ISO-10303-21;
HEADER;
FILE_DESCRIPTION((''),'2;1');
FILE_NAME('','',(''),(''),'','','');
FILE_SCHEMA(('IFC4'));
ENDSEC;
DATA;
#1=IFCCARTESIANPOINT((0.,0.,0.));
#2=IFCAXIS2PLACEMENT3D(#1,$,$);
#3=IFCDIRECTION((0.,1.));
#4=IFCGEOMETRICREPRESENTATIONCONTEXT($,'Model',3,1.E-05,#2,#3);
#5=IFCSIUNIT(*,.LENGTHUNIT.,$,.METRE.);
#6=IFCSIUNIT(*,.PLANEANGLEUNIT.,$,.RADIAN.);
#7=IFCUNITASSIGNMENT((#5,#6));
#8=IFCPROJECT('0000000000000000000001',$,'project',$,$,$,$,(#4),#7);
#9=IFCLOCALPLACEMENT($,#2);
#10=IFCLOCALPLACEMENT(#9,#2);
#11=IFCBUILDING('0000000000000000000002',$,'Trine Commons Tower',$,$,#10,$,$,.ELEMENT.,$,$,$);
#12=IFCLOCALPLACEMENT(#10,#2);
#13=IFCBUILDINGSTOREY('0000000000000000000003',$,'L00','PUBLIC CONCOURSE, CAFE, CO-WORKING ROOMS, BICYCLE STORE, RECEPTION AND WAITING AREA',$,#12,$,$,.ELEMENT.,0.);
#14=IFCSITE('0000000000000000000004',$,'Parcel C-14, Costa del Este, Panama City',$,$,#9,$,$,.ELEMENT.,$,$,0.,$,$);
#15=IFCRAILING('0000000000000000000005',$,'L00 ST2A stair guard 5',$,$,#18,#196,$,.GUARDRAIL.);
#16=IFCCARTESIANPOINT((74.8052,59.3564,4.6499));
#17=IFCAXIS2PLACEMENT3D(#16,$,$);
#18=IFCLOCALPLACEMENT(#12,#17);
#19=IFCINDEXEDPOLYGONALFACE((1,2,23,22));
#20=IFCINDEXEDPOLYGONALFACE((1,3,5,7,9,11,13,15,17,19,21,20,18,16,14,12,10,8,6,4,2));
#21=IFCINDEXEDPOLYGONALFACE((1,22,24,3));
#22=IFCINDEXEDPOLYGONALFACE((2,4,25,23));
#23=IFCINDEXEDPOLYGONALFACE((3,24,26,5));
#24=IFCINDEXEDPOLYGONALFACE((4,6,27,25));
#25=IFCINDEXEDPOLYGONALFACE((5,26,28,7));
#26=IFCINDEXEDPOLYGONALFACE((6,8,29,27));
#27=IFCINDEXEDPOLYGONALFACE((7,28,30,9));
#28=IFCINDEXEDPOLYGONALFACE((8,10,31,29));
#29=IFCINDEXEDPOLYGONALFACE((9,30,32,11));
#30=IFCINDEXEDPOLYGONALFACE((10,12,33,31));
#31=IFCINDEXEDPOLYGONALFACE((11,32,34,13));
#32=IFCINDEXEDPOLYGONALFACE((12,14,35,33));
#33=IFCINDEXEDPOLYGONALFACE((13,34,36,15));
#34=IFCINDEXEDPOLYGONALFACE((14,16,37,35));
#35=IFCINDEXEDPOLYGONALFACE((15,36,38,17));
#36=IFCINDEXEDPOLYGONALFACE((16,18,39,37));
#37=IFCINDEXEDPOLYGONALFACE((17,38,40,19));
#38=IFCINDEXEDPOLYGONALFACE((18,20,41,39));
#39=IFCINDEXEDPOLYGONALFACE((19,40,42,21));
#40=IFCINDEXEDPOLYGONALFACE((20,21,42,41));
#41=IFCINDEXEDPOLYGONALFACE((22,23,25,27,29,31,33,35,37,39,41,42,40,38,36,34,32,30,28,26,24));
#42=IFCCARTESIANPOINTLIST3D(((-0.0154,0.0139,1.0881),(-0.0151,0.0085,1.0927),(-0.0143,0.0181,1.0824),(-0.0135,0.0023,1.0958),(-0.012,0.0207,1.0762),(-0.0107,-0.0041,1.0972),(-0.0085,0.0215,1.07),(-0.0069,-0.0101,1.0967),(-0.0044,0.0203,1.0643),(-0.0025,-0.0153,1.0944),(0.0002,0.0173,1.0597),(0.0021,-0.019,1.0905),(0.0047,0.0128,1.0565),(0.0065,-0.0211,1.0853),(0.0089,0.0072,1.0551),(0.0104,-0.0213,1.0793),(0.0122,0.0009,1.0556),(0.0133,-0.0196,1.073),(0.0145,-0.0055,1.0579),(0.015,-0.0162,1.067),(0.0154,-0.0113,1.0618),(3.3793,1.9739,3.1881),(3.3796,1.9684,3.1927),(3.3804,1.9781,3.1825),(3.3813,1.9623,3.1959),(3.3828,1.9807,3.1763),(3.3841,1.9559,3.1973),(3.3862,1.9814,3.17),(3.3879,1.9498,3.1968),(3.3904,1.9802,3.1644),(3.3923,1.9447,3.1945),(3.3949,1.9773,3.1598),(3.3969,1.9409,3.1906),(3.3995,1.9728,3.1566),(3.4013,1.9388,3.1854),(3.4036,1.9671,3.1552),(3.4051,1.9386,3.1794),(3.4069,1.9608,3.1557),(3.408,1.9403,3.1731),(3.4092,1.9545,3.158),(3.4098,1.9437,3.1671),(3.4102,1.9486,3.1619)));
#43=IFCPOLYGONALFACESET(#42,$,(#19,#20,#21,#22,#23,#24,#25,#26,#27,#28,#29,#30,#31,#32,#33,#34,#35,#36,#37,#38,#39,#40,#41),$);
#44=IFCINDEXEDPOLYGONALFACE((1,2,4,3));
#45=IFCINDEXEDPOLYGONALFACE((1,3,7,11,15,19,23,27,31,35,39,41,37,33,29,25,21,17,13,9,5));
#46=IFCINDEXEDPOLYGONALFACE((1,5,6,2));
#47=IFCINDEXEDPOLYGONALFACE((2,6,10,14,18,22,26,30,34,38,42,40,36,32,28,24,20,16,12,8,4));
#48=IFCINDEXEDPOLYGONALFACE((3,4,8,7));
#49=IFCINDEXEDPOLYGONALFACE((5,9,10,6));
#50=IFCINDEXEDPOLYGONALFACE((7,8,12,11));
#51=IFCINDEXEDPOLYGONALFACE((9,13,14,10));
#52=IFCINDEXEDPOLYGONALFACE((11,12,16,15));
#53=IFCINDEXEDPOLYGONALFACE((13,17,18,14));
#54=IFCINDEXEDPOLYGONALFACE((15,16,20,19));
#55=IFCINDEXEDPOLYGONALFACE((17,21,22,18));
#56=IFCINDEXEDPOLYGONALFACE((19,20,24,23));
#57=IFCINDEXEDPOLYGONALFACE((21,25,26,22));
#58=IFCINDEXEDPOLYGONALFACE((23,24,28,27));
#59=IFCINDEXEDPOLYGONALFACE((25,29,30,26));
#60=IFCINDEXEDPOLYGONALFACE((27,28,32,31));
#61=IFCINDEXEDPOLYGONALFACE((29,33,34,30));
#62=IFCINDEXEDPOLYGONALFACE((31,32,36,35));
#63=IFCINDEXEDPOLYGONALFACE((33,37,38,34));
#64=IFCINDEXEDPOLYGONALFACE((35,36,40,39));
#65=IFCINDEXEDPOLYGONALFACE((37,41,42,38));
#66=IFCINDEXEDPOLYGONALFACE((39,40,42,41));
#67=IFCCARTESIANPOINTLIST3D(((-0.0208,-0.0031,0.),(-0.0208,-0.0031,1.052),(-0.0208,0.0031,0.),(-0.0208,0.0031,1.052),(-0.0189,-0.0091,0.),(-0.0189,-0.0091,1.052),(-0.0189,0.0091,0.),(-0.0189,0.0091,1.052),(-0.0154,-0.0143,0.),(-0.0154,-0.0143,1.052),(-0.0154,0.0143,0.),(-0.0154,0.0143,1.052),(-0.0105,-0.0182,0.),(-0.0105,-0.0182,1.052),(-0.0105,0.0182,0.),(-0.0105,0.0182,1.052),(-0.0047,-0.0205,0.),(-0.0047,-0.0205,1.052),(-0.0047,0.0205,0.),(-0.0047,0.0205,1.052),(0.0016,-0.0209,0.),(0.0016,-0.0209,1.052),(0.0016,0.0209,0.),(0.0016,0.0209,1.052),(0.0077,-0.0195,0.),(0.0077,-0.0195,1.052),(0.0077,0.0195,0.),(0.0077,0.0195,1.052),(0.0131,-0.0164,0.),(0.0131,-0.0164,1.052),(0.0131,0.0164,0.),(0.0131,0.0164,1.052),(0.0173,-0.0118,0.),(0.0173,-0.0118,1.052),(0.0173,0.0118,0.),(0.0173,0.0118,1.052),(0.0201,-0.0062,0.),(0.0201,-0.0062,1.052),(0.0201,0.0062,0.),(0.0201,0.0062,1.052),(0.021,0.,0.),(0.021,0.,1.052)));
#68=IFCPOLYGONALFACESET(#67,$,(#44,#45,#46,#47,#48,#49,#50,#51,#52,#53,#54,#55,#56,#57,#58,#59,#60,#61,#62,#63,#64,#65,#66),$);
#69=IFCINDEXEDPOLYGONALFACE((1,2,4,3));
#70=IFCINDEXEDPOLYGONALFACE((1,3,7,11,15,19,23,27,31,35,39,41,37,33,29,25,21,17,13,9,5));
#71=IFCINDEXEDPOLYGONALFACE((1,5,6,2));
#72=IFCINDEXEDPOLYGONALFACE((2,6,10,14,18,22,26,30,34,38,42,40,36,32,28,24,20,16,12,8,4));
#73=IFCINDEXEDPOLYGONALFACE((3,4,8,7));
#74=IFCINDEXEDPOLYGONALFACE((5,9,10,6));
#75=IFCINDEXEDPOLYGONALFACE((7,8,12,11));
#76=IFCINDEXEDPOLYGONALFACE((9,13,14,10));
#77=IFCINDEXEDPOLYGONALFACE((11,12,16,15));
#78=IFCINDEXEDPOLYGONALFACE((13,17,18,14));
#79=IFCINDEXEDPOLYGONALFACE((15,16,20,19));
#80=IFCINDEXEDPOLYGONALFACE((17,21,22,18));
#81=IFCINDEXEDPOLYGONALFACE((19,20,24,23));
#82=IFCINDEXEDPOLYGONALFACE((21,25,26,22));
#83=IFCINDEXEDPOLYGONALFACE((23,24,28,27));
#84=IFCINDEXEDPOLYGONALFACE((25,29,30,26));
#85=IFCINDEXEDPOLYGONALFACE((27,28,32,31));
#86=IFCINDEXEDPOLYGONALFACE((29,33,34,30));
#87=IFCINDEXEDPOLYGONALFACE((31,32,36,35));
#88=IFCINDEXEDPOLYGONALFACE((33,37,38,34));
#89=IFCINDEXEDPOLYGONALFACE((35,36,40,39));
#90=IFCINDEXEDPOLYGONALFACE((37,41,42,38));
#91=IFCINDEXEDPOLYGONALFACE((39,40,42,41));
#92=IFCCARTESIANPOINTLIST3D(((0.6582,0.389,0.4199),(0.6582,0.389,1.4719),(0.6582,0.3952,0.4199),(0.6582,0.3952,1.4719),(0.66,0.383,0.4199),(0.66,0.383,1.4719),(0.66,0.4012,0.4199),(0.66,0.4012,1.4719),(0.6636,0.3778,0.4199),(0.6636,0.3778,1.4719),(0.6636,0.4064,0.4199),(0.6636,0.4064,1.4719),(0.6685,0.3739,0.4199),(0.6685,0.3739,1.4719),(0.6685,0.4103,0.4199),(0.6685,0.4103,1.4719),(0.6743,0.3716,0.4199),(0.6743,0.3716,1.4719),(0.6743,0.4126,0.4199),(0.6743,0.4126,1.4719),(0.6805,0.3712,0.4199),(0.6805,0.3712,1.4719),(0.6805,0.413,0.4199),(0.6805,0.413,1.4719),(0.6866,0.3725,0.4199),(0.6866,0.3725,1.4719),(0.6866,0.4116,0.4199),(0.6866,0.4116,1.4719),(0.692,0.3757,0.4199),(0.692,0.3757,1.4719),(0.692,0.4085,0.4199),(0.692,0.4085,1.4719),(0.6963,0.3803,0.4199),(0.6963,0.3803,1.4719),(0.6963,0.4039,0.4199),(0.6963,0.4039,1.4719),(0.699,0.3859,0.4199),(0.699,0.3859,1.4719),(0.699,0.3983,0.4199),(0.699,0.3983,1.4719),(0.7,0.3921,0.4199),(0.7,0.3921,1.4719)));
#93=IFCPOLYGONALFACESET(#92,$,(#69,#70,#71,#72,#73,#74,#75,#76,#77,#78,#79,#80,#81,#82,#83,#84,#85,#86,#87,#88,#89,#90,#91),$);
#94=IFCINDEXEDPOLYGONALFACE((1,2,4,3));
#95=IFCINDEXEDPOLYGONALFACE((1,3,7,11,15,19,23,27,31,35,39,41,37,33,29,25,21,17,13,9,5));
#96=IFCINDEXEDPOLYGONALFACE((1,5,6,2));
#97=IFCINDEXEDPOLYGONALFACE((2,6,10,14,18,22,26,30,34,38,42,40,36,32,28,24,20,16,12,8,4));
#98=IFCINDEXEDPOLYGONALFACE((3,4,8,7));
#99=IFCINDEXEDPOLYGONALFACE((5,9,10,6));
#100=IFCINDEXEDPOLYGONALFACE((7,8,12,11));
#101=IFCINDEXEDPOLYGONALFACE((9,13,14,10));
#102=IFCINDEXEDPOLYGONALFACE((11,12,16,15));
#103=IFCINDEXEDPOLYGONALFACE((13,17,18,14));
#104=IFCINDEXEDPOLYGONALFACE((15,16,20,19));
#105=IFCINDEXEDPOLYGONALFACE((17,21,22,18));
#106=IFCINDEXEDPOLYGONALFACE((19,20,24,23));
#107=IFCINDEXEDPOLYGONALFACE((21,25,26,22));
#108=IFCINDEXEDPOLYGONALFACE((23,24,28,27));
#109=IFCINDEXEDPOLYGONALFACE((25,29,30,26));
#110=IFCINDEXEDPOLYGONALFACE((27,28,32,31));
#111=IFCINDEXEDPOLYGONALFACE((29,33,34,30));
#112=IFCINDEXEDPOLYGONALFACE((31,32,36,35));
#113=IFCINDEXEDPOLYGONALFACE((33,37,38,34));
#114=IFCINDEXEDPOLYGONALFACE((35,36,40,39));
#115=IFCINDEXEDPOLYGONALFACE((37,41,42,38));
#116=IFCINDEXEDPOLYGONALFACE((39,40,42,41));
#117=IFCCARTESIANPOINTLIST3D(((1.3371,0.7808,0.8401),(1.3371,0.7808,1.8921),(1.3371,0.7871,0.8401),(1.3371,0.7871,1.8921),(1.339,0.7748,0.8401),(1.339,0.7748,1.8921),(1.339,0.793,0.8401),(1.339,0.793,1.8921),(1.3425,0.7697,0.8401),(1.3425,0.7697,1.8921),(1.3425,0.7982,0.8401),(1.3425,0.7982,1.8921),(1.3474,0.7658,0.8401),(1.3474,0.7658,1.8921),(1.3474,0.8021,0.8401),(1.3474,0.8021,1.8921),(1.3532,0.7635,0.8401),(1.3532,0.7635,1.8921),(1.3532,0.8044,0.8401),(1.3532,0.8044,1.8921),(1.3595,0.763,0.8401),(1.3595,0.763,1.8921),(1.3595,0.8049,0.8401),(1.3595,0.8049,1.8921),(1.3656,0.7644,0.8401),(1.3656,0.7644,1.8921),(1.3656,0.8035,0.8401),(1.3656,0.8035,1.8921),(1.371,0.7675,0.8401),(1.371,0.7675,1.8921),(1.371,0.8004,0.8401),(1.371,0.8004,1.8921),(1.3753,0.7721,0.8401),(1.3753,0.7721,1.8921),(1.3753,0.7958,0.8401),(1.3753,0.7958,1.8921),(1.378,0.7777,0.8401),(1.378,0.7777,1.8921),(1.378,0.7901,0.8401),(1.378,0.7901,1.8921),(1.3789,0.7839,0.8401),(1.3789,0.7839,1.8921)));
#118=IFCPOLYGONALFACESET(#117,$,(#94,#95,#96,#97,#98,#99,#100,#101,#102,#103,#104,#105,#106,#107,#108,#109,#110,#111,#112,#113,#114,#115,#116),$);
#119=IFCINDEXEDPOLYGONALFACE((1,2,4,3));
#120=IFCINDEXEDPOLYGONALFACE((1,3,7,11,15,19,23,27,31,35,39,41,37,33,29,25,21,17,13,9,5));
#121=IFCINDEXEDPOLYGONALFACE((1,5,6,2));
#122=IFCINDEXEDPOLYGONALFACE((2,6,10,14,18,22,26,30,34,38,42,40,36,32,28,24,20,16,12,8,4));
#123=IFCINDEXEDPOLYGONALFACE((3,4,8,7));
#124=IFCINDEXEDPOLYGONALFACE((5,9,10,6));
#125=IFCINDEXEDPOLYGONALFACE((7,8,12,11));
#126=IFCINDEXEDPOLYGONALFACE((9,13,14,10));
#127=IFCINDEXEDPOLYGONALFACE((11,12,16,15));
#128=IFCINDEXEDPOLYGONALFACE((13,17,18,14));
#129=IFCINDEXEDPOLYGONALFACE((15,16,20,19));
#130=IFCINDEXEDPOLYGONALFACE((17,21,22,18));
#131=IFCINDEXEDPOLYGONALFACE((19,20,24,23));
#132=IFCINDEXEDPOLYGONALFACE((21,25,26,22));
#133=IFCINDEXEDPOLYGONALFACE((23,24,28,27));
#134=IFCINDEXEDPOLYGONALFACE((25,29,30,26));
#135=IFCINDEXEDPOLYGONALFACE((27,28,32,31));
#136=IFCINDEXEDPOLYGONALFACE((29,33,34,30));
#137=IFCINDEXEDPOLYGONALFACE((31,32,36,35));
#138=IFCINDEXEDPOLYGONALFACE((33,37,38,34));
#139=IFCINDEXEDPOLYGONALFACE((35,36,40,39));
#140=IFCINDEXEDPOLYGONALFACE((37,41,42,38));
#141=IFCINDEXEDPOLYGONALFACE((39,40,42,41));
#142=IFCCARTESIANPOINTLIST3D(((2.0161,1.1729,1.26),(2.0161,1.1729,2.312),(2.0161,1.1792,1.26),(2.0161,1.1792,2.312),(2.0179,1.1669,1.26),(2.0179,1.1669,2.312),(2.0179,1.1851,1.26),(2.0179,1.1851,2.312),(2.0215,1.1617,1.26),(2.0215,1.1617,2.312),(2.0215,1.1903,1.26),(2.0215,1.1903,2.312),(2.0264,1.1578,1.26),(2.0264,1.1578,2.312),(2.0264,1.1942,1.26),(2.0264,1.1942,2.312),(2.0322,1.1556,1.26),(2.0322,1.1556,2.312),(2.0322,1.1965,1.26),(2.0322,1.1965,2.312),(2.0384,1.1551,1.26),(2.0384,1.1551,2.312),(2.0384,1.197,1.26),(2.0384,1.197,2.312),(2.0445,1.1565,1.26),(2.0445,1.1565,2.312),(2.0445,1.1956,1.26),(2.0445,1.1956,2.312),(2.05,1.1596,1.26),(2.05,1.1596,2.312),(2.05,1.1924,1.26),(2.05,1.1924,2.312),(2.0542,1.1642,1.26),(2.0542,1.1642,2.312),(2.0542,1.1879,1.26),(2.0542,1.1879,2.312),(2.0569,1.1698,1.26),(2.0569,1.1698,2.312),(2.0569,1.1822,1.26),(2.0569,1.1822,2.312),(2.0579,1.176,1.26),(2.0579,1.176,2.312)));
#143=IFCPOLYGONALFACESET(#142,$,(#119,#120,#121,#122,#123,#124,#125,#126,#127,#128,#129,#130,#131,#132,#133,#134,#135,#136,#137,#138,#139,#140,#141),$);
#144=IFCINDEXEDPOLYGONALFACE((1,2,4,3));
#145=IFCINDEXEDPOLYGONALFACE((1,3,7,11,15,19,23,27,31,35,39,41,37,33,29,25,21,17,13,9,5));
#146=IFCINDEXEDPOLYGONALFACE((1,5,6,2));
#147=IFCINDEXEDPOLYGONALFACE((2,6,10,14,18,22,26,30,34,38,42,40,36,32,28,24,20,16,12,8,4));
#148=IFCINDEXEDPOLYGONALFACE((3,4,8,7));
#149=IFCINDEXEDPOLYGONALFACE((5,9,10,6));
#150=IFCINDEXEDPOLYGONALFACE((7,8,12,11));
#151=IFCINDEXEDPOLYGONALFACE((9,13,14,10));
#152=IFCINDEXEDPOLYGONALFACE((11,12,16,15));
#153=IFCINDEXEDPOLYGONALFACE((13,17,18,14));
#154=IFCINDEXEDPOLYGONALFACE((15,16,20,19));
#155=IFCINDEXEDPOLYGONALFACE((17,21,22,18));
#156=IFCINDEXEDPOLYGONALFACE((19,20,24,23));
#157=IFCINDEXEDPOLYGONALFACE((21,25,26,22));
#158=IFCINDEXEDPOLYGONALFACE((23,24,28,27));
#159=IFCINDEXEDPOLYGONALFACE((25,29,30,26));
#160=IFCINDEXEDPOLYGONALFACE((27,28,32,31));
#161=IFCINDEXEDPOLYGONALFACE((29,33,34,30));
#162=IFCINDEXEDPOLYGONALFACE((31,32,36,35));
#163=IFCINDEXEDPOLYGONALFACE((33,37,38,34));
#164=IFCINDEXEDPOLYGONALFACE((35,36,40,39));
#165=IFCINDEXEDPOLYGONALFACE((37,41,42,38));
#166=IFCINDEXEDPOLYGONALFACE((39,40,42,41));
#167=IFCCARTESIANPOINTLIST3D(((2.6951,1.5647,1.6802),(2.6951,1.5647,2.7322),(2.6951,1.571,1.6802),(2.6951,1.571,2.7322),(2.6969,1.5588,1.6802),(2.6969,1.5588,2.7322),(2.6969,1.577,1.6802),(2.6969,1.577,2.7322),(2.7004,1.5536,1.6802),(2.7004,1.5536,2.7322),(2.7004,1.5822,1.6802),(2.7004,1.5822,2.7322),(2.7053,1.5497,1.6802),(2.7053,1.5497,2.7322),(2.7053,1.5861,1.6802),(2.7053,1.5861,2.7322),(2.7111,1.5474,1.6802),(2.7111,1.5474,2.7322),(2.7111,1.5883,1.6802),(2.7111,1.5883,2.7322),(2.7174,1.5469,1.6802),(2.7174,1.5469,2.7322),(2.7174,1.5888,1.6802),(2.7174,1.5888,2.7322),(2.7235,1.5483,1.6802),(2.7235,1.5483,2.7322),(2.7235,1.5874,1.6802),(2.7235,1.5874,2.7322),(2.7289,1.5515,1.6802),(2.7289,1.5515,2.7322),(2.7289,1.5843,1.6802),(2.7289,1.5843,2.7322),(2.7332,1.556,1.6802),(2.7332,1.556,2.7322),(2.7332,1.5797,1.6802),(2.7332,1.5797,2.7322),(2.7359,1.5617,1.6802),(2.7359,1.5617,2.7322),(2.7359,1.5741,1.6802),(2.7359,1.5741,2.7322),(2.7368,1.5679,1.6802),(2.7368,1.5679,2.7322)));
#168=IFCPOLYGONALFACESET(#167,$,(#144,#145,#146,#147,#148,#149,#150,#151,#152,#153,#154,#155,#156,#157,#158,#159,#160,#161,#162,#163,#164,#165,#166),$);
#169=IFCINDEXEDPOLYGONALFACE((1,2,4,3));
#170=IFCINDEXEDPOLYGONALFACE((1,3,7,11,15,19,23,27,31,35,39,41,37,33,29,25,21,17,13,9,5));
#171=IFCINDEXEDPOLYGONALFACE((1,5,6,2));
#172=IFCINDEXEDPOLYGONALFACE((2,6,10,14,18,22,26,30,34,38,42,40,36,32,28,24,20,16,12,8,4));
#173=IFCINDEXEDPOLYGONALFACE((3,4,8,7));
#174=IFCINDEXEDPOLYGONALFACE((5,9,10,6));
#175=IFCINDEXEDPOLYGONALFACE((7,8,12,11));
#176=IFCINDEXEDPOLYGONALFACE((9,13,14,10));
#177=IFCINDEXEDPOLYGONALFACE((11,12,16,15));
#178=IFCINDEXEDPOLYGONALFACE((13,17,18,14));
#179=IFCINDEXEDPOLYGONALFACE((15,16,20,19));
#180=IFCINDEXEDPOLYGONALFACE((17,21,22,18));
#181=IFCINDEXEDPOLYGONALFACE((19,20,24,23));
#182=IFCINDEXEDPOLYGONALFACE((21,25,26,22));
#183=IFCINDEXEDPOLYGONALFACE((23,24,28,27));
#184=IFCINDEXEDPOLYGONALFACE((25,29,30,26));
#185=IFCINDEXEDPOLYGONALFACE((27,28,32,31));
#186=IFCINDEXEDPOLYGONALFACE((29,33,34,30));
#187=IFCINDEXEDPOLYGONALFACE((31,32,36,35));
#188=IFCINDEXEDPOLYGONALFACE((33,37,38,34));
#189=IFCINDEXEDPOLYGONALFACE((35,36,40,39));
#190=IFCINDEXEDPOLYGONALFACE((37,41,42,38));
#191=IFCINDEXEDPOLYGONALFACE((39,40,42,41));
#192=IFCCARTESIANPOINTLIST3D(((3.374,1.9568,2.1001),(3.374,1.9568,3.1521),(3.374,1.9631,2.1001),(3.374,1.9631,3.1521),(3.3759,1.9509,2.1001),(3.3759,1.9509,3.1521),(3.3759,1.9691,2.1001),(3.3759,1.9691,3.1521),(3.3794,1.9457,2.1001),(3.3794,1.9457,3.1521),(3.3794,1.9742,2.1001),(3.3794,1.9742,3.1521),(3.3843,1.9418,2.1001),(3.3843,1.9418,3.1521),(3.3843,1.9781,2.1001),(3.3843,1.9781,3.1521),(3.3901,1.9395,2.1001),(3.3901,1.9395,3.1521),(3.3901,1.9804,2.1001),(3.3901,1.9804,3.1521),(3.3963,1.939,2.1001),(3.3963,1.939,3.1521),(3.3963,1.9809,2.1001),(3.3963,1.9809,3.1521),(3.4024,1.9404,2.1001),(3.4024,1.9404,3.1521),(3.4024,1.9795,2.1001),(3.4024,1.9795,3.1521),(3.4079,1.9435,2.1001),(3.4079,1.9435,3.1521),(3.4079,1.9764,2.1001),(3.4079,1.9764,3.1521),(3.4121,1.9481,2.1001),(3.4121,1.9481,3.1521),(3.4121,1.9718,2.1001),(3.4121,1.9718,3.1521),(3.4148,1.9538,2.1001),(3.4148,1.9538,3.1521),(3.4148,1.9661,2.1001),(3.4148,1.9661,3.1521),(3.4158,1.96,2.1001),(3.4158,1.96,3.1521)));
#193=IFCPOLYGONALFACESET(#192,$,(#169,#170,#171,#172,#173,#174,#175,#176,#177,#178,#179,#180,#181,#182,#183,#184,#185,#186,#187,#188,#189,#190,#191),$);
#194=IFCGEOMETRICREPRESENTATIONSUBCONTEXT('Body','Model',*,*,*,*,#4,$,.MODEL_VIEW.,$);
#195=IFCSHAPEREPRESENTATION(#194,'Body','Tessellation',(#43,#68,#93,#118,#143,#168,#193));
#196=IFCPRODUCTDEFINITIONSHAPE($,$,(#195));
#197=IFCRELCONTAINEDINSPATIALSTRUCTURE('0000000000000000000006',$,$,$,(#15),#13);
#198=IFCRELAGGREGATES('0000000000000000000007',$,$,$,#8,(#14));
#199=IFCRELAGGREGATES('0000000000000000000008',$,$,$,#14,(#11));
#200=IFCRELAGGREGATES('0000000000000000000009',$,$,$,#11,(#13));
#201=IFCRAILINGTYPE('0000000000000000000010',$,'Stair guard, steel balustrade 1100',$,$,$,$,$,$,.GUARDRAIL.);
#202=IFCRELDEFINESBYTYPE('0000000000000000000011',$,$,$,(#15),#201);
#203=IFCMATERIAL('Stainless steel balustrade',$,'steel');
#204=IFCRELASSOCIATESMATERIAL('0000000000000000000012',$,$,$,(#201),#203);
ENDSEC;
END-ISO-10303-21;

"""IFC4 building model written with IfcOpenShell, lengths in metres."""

from ifc_helpers import new_model, si_unit, direction, frame, origin, origin_2d, place, context, subcontext, project, spatial, circle, extrude, material, type_object, element, save


model = new_model("IFC4")

# Units and contexts
model_context = context("Model", 3, precision=1e-05, world=origin(), true_north=direction((0.0, 1.0)))
body_context = subcontext(model_context, "Body", "Model", "MODEL_VIEW")
ifc_project = project(units=[si_unit("LENGTHUNIT", "METRE"), si_unit("PLANEANGLEUNIT", "RADIAN")], contexts=[model_context])

# Site, building, storey
site_placement = place(None, origin())
site = spatial("IfcSite", under=ifc_project, at=site_placement, Name="Parcel C-14, Costa del Este, Panama City", CompositionType="ELEMENT", RefElevation=0.0)
building_placement = place(site_placement, origin())
building = spatial("IfcBuilding", under=site, at=building_placement, Name="Trine Commons Tower", CompositionType="ELEMENT")
storey_placement = place(building_placement, origin())
storey = spatial("IfcBuildingStorey", under=building, at=storey_placement, Name="L00", Description="PUBLIC CONCOURSE, CAFE, CO-WORKING ROOMS, BICYCLE STORE, RECEPTION AND WAITING AREA", CompositionType="ELEMENT", Elevation=0.0)

# Railing
ifc_material_1 = material(Name="Stainless steel balustrade", Category="steel")
railing_type = type_object("IfcRailingType", Name="Stair guard, steel balustrade 1100", PredefinedType="GUARDRAIL", material=ifc_material_1)
railing_1_placement = place(storey_placement, frame((74.8052, 59.3564, 4.6499)))
element("IfcRailing", 1, at=railing_1_placement, inside=storey, type_object=railing_type, Name="L00 ST2A stair guard 5", PredefinedType="GUARDRAIL", context=body_context, shape_type="SweptSolid", body=[
    extrude(circle(Radius=0.0239, at=origin_2d()), frame((0.0, 0.0, 1.0762), z_axis=(0.763375, 0.440732, 0.472244), x_axis=(-0.499997, 0.866027, 0.0)), (0.0, 0.0, 1.0), 4.447),
    extrude(circle(Radius=0.021, at=origin_2d()), origin(), (0.0, 0.0, 1.0), 1.052),
    extrude(circle(Radius=0.021, at=origin_2d()), frame((0.679, 0.3921, 0.4199)), (0.0, 0.0, 1.0), 1.052),
    extrude(circle(Radius=0.021, at=origin_2d()), frame((1.3579, 0.7839, 0.8401)), (0.0, 0.0, 1.0), 1.052),
    extrude(circle(Radius=0.021, at=origin_2d()), frame((2.0369, 1.176, 1.26)), (0.0, 0.0, 1.0), 1.052),
    extrude(circle(Radius=0.021, at=origin_2d()), frame((2.7158, 1.5679, 1.6802)), (0.0, 0.0, 1.0), 1.052),
    extrude(circle(Radius=0.021, at=origin_2d()), frame((3.3948, 1.96, 2.1001)), (0.0, 0.0, 1.0), 1.052),
])

save(model, "model.ifc")
